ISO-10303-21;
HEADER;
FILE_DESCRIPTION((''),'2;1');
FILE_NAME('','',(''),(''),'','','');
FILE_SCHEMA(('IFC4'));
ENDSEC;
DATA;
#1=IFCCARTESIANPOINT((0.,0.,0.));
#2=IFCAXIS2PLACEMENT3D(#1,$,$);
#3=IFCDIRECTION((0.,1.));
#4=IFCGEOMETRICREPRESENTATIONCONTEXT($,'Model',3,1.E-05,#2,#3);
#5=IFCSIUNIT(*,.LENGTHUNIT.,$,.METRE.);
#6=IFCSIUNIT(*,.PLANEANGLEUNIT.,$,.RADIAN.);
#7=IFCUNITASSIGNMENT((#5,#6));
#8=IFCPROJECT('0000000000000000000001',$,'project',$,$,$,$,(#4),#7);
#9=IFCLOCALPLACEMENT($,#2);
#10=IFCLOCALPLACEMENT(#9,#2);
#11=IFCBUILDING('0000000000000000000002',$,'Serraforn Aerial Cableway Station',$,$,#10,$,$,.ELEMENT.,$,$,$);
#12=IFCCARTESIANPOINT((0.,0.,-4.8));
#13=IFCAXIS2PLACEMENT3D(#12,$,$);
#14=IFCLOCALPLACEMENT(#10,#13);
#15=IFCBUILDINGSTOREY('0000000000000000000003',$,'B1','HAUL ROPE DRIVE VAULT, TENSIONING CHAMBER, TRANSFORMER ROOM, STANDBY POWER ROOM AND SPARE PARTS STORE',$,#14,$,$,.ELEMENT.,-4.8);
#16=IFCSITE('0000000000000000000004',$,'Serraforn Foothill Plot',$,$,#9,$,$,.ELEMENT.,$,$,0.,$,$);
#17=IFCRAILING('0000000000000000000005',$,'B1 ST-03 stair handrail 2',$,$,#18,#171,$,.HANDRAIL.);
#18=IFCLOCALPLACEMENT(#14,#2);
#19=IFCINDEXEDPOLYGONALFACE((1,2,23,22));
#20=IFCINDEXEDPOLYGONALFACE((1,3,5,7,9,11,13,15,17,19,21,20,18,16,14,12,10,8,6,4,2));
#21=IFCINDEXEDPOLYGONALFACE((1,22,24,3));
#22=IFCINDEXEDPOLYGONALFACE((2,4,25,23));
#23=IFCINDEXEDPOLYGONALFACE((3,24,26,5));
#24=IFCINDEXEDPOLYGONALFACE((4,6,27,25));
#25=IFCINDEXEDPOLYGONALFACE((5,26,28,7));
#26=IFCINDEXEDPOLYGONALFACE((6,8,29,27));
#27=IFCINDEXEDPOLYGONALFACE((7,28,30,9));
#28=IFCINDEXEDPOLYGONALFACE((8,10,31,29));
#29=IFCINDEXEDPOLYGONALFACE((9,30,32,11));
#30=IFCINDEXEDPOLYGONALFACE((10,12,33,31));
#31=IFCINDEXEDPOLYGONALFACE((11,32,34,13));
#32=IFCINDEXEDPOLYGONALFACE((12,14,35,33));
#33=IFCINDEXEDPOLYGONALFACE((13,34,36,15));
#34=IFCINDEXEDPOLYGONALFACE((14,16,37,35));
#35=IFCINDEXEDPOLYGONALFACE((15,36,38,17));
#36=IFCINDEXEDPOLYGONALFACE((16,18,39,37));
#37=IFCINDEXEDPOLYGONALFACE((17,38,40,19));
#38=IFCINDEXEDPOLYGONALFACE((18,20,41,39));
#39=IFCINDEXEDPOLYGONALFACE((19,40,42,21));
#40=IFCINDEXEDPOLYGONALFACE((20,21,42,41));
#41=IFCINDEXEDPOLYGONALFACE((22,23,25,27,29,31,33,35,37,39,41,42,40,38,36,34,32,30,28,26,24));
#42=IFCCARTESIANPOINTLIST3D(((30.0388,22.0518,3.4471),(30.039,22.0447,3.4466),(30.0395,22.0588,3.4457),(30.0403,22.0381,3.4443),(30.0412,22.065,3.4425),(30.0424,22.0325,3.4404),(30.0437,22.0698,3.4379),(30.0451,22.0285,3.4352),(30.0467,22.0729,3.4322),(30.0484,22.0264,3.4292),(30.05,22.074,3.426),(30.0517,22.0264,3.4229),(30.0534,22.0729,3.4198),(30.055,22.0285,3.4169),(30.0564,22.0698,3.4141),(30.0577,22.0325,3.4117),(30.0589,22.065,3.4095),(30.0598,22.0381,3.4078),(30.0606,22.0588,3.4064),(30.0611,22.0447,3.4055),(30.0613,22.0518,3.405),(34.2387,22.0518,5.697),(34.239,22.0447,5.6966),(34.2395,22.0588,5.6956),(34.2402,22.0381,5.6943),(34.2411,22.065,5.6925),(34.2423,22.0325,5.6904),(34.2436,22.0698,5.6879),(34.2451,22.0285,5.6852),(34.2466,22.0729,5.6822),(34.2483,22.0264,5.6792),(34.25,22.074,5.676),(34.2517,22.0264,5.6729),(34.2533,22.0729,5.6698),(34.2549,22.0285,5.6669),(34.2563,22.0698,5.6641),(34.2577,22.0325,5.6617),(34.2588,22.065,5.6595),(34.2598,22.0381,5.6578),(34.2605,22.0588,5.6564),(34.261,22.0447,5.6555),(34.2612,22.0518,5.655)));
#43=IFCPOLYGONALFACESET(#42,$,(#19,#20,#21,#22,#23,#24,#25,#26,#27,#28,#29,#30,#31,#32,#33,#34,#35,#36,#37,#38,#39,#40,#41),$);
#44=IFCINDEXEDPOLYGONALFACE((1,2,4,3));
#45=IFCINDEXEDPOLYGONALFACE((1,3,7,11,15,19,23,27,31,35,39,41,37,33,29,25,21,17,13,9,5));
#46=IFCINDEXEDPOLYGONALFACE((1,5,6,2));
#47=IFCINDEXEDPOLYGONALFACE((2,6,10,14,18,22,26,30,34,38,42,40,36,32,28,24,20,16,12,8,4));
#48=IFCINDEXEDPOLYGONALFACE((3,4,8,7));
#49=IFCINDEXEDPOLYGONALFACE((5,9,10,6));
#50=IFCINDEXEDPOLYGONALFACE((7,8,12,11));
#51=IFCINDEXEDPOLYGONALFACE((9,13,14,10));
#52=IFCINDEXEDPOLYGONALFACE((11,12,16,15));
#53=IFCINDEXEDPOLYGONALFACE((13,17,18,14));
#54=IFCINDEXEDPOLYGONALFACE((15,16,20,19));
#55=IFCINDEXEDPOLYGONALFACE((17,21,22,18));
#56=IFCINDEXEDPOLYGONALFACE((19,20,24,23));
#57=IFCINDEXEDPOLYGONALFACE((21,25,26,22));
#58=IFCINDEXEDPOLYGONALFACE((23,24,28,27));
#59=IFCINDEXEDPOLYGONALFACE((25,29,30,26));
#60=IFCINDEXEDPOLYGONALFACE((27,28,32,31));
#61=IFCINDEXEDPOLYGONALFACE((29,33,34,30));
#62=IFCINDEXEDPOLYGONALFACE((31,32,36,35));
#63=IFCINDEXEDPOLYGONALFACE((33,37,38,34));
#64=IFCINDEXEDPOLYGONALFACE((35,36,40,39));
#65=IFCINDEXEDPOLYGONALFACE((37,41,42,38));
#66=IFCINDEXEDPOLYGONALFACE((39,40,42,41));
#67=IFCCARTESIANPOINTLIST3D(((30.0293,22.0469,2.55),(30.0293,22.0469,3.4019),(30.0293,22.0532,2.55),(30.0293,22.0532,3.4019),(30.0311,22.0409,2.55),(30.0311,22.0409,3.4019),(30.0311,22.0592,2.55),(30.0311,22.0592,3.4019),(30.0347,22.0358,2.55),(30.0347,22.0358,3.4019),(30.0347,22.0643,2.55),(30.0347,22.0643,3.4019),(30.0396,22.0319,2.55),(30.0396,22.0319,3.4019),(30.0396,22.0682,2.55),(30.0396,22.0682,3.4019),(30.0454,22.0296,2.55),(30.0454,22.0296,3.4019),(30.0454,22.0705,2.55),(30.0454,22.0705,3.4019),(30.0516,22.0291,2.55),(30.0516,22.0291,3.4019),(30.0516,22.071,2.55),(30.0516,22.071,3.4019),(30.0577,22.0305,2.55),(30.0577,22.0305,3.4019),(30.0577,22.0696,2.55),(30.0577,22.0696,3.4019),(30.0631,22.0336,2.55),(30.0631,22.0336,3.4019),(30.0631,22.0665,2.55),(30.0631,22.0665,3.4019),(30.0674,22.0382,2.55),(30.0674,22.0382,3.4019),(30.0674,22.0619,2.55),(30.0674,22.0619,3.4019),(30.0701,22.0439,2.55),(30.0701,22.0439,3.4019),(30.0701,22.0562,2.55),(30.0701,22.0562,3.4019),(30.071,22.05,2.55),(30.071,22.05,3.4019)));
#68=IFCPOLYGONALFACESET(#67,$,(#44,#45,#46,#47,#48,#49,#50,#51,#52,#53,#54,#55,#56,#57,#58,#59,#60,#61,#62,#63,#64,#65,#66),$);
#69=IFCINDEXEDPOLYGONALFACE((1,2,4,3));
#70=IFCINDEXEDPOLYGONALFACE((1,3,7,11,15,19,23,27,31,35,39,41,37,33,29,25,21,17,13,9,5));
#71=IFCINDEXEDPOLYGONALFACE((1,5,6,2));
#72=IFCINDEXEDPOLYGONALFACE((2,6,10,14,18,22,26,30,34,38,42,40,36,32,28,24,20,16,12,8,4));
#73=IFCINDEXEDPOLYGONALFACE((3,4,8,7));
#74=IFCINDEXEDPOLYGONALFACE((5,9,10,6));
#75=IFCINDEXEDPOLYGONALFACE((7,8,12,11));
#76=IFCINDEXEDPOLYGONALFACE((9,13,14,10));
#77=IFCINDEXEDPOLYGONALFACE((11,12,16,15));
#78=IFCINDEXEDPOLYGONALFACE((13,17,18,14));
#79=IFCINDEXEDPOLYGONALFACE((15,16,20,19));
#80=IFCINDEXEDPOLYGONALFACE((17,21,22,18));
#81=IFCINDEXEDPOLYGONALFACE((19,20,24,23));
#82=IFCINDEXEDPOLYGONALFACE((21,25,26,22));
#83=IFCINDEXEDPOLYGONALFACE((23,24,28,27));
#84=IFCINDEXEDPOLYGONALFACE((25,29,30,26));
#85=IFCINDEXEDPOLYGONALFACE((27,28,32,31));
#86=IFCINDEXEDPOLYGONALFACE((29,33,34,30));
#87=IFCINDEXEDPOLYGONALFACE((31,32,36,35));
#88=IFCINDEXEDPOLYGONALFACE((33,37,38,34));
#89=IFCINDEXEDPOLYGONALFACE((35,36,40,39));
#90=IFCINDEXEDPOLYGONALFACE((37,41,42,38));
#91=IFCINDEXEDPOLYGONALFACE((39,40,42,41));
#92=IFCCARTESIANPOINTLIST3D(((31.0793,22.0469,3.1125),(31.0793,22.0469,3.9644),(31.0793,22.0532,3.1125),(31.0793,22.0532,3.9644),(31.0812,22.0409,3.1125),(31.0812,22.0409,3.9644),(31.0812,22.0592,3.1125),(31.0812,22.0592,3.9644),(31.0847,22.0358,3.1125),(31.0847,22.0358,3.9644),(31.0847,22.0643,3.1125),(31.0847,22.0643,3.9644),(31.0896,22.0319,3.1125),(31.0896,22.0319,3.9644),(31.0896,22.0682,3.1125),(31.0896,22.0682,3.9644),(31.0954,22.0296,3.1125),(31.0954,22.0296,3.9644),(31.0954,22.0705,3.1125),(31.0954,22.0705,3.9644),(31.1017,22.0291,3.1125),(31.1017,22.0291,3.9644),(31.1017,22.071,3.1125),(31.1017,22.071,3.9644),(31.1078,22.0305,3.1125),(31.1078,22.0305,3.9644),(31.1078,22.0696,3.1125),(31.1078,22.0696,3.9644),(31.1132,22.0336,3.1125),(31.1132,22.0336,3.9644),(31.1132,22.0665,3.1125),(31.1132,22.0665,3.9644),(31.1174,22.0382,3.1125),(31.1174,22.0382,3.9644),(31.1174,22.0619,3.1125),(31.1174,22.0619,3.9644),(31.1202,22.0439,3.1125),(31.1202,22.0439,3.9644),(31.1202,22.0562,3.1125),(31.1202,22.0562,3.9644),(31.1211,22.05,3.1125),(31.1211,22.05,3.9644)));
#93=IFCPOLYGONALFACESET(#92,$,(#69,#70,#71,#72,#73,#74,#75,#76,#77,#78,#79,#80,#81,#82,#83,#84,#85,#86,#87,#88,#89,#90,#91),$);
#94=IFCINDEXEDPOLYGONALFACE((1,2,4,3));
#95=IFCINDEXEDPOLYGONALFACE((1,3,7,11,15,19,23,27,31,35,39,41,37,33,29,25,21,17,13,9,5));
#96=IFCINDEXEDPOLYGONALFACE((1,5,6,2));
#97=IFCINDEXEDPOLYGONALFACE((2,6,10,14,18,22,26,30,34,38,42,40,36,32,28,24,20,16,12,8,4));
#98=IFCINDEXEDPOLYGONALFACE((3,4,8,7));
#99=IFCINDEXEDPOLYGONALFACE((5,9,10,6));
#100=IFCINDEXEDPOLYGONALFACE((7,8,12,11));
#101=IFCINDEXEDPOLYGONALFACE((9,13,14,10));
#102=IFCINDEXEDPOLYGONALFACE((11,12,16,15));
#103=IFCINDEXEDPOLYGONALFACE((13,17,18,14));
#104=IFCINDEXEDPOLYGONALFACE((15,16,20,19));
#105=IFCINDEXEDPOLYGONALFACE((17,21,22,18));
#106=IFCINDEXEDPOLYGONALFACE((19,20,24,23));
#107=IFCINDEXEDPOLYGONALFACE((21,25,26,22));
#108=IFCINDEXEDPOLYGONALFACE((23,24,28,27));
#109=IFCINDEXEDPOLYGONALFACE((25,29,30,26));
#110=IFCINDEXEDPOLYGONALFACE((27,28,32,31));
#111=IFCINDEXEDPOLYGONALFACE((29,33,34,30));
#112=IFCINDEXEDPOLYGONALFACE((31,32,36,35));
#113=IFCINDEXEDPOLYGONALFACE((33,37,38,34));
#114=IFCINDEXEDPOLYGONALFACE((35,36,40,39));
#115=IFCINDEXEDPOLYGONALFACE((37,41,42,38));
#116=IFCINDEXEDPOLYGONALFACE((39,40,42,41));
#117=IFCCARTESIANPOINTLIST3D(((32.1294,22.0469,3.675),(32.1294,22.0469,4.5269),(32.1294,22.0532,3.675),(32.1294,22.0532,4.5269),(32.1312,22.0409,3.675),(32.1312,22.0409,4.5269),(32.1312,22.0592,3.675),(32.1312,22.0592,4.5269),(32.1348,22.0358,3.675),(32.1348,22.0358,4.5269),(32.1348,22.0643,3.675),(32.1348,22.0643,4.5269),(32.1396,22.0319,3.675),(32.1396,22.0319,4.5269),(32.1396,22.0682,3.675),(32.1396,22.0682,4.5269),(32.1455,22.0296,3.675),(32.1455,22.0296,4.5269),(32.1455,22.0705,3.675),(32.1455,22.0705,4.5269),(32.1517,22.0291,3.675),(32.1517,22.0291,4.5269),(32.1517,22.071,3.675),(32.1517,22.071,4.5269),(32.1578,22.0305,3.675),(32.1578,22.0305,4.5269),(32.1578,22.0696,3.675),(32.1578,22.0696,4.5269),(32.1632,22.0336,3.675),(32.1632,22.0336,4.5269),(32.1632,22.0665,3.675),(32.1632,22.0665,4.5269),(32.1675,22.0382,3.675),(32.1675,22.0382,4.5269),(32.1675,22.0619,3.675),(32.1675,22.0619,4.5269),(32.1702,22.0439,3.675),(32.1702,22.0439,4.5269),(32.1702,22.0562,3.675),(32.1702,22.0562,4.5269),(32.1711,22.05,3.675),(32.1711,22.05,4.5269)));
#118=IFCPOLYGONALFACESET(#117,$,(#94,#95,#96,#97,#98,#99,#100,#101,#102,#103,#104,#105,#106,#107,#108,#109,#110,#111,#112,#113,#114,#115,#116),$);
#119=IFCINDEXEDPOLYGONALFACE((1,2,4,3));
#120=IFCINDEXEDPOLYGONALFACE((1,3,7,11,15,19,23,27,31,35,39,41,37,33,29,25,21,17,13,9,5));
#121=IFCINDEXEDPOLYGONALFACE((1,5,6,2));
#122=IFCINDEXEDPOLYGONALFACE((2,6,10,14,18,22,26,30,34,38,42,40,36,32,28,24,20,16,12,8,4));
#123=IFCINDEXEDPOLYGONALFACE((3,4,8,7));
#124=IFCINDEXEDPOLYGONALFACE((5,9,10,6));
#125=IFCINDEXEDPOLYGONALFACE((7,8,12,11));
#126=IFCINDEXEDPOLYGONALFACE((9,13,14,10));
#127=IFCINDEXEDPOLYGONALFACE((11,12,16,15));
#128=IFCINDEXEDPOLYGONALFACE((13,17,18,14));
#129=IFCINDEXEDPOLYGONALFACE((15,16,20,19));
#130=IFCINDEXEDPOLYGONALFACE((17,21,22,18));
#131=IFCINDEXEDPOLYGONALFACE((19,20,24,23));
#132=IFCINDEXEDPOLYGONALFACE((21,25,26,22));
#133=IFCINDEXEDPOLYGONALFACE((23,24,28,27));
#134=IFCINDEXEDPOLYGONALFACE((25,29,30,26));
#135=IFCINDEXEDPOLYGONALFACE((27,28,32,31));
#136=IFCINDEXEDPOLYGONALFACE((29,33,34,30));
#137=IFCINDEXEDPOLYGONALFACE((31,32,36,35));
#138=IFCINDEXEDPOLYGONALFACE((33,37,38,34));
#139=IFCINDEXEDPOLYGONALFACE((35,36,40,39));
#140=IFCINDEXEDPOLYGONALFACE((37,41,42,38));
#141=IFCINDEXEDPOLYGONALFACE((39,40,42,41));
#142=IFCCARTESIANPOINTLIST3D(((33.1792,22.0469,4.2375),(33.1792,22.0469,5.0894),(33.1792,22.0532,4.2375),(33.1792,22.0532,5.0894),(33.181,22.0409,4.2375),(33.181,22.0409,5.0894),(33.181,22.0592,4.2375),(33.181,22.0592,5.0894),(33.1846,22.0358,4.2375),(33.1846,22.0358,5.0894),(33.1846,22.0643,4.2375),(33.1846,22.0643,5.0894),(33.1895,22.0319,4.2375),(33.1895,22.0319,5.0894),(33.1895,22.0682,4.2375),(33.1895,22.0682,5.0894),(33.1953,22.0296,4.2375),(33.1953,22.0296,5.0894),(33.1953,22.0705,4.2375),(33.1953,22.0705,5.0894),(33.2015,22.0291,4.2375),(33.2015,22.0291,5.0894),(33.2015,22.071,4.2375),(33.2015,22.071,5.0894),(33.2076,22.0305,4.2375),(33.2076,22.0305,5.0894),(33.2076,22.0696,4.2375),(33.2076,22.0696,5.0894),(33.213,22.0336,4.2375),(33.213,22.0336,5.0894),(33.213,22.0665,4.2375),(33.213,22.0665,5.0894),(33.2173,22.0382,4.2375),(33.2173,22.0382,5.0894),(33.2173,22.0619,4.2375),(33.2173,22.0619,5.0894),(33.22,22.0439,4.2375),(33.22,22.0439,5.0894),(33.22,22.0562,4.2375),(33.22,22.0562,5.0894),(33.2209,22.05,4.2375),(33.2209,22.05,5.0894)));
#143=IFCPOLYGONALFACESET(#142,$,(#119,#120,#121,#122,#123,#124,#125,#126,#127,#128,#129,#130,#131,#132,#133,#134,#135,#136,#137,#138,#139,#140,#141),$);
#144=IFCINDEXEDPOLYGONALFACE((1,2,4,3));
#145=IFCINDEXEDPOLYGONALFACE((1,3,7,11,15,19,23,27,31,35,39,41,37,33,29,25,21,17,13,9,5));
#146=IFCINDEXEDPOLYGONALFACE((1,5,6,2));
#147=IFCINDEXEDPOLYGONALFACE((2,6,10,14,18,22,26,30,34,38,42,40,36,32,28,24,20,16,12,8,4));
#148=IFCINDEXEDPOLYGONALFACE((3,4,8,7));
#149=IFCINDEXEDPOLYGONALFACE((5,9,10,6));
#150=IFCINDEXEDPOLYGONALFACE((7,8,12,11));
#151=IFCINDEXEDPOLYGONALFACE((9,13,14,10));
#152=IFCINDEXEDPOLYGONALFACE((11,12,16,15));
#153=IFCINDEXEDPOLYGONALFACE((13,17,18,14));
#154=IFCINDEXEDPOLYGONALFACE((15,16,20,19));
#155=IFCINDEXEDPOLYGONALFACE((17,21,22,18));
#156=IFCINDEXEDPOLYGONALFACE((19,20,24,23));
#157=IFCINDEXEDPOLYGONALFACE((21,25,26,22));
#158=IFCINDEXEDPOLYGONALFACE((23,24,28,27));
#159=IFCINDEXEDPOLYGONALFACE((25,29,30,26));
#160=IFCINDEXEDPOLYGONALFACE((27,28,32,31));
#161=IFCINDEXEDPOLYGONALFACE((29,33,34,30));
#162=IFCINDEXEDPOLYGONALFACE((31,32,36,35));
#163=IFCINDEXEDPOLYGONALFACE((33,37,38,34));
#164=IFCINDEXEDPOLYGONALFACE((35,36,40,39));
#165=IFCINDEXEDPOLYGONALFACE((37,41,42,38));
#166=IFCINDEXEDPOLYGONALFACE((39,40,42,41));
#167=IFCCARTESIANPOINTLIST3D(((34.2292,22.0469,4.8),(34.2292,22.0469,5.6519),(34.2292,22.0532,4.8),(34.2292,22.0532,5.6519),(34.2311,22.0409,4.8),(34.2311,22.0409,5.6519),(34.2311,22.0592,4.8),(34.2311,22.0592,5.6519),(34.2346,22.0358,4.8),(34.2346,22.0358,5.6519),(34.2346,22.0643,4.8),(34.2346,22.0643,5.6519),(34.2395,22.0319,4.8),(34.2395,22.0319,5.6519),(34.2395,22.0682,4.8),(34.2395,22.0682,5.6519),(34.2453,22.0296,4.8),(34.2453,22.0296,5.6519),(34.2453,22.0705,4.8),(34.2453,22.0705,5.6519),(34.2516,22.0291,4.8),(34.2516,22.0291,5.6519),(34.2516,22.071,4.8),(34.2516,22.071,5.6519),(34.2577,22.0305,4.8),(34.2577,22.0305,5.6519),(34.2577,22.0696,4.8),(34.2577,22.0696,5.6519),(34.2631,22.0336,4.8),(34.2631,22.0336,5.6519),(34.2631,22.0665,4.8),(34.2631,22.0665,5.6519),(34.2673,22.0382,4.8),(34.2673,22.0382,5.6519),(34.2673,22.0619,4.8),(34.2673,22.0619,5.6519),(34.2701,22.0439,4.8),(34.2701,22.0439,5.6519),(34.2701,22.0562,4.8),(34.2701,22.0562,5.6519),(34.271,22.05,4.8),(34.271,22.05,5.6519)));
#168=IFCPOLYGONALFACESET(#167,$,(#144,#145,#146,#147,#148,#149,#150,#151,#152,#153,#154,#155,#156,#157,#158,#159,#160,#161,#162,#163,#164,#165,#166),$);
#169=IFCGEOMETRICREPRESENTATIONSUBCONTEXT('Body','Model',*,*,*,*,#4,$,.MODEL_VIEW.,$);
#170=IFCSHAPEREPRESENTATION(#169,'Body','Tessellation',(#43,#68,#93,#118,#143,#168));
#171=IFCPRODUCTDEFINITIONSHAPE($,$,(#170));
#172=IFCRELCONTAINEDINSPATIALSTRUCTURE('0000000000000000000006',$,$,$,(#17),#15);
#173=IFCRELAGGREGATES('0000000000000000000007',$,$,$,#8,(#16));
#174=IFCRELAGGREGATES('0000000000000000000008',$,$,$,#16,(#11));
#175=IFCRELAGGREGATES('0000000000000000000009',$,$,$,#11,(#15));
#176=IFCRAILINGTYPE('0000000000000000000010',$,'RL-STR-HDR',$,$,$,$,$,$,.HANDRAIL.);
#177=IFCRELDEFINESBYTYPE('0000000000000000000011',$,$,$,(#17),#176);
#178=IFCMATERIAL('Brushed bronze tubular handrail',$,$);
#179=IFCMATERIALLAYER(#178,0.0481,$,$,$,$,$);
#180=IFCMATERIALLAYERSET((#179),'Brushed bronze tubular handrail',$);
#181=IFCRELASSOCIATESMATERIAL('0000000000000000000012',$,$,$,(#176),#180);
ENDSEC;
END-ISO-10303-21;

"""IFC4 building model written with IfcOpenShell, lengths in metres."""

from ifc_helpers import new_model, si_unit, direction, frame, origin, origin_2d, place, context, subcontext, project, spatial, circle, extrude, material, layer, layer_set, type_object, element, save


model = new_model("IFC4")

# Units and contexts
model_context = context("Model", 3, precision=1e-05, world=origin(), true_north=direction((0.0, 1.0)))
body_context = subcontext(model_context, "Body", "Model", "MODEL_VIEW")
ifc_project = project(units=[si_unit("LENGTHUNIT", "METRE"), si_unit("PLANEANGLEUNIT", "RADIAN")], contexts=[model_context])

# Site, building, storey
site_placement = place(None, origin())
site = spatial("IfcSite", under=ifc_project, at=site_placement, Name="Serraforn Foothill Plot", CompositionType="ELEMENT", RefElevation=0.0)
building_placement = place(site_placement, origin())
building = spatial("IfcBuilding", under=site, at=building_placement, Name="Serraforn Aerial Cableway Station", CompositionType="ELEMENT")
storey_placement = place(building_placement, frame((0.0, 0.0, -4.8)))
storey = spatial("IfcBuildingStorey", under=building, at=storey_placement, Name="B1", Description="HAUL ROPE DRIVE VAULT, TENSIONING CHAMBER, TRANSFORMER ROOM, STANDBY POWER ROOM AND SPARE PARTS STORE", CompositionType="ELEMENT", Elevation=-4.8)

# Railing
ifc_material_1 = material(Name="Brushed bronze tubular handrail")
ifc_layer_1 = layer(ifc_material_1, 0.0481)
ifc_layer_set_1 = layer_set([ifc_layer_1], Name="Brushed bronze tubular handrail")
railing_type_1 = type_object("IfcRailingType", Name="RL-STR-HDR", PredefinedType="HANDRAIL", material=ifc_layer_set_1)
railing_1_placement = place(storey_placement, frame((30.05, 22.05, 2.55)))
element("IfcRailing", 1, at=railing_1_placement, inside=storey, type_object=railing_type_1, Name="B1 ST-03 stair handrail 2", PredefinedType="HANDRAIL", context=body_context, shape_type="SweptSolid", body=[
    extrude(circle(Radius=0.0239, at=origin_2d()), frame((0.0, 0.0, 0.876), z_axis=(0.881478, 0.0, 0.472226), x_axis=(0.0, 1.0, 0.0)), (0.0, 0.0, 1.0), 4.7646),
    extrude(circle(Radius=0.021, at=origin_2d()), origin(), (0.0, 0.0, 1.0), 0.8518),
    extrude(circle(Radius=0.021, at=origin_2d()), frame((1.05, 0.0, 0.5625)), (0.0, 0.0, 1.0), 0.8518),
    extrude(circle(Radius=0.021, at=origin_2d()), frame((2.1001, 0.0, 1.125)), (0.0, 0.0, 1.0), 0.8518),
    extrude(circle(Radius=0.021, at=origin_2d()), frame((3.1499, 0.0, 1.6875)), (0.0, 0.0, 1.0), 0.8518),
    extrude(circle(Radius=0.021, at=origin_2d()), frame((4.2, 0.0, 2.25)), (0.0, 0.0, 1.0), 0.8518),
])

save(model, "model.ifc")
